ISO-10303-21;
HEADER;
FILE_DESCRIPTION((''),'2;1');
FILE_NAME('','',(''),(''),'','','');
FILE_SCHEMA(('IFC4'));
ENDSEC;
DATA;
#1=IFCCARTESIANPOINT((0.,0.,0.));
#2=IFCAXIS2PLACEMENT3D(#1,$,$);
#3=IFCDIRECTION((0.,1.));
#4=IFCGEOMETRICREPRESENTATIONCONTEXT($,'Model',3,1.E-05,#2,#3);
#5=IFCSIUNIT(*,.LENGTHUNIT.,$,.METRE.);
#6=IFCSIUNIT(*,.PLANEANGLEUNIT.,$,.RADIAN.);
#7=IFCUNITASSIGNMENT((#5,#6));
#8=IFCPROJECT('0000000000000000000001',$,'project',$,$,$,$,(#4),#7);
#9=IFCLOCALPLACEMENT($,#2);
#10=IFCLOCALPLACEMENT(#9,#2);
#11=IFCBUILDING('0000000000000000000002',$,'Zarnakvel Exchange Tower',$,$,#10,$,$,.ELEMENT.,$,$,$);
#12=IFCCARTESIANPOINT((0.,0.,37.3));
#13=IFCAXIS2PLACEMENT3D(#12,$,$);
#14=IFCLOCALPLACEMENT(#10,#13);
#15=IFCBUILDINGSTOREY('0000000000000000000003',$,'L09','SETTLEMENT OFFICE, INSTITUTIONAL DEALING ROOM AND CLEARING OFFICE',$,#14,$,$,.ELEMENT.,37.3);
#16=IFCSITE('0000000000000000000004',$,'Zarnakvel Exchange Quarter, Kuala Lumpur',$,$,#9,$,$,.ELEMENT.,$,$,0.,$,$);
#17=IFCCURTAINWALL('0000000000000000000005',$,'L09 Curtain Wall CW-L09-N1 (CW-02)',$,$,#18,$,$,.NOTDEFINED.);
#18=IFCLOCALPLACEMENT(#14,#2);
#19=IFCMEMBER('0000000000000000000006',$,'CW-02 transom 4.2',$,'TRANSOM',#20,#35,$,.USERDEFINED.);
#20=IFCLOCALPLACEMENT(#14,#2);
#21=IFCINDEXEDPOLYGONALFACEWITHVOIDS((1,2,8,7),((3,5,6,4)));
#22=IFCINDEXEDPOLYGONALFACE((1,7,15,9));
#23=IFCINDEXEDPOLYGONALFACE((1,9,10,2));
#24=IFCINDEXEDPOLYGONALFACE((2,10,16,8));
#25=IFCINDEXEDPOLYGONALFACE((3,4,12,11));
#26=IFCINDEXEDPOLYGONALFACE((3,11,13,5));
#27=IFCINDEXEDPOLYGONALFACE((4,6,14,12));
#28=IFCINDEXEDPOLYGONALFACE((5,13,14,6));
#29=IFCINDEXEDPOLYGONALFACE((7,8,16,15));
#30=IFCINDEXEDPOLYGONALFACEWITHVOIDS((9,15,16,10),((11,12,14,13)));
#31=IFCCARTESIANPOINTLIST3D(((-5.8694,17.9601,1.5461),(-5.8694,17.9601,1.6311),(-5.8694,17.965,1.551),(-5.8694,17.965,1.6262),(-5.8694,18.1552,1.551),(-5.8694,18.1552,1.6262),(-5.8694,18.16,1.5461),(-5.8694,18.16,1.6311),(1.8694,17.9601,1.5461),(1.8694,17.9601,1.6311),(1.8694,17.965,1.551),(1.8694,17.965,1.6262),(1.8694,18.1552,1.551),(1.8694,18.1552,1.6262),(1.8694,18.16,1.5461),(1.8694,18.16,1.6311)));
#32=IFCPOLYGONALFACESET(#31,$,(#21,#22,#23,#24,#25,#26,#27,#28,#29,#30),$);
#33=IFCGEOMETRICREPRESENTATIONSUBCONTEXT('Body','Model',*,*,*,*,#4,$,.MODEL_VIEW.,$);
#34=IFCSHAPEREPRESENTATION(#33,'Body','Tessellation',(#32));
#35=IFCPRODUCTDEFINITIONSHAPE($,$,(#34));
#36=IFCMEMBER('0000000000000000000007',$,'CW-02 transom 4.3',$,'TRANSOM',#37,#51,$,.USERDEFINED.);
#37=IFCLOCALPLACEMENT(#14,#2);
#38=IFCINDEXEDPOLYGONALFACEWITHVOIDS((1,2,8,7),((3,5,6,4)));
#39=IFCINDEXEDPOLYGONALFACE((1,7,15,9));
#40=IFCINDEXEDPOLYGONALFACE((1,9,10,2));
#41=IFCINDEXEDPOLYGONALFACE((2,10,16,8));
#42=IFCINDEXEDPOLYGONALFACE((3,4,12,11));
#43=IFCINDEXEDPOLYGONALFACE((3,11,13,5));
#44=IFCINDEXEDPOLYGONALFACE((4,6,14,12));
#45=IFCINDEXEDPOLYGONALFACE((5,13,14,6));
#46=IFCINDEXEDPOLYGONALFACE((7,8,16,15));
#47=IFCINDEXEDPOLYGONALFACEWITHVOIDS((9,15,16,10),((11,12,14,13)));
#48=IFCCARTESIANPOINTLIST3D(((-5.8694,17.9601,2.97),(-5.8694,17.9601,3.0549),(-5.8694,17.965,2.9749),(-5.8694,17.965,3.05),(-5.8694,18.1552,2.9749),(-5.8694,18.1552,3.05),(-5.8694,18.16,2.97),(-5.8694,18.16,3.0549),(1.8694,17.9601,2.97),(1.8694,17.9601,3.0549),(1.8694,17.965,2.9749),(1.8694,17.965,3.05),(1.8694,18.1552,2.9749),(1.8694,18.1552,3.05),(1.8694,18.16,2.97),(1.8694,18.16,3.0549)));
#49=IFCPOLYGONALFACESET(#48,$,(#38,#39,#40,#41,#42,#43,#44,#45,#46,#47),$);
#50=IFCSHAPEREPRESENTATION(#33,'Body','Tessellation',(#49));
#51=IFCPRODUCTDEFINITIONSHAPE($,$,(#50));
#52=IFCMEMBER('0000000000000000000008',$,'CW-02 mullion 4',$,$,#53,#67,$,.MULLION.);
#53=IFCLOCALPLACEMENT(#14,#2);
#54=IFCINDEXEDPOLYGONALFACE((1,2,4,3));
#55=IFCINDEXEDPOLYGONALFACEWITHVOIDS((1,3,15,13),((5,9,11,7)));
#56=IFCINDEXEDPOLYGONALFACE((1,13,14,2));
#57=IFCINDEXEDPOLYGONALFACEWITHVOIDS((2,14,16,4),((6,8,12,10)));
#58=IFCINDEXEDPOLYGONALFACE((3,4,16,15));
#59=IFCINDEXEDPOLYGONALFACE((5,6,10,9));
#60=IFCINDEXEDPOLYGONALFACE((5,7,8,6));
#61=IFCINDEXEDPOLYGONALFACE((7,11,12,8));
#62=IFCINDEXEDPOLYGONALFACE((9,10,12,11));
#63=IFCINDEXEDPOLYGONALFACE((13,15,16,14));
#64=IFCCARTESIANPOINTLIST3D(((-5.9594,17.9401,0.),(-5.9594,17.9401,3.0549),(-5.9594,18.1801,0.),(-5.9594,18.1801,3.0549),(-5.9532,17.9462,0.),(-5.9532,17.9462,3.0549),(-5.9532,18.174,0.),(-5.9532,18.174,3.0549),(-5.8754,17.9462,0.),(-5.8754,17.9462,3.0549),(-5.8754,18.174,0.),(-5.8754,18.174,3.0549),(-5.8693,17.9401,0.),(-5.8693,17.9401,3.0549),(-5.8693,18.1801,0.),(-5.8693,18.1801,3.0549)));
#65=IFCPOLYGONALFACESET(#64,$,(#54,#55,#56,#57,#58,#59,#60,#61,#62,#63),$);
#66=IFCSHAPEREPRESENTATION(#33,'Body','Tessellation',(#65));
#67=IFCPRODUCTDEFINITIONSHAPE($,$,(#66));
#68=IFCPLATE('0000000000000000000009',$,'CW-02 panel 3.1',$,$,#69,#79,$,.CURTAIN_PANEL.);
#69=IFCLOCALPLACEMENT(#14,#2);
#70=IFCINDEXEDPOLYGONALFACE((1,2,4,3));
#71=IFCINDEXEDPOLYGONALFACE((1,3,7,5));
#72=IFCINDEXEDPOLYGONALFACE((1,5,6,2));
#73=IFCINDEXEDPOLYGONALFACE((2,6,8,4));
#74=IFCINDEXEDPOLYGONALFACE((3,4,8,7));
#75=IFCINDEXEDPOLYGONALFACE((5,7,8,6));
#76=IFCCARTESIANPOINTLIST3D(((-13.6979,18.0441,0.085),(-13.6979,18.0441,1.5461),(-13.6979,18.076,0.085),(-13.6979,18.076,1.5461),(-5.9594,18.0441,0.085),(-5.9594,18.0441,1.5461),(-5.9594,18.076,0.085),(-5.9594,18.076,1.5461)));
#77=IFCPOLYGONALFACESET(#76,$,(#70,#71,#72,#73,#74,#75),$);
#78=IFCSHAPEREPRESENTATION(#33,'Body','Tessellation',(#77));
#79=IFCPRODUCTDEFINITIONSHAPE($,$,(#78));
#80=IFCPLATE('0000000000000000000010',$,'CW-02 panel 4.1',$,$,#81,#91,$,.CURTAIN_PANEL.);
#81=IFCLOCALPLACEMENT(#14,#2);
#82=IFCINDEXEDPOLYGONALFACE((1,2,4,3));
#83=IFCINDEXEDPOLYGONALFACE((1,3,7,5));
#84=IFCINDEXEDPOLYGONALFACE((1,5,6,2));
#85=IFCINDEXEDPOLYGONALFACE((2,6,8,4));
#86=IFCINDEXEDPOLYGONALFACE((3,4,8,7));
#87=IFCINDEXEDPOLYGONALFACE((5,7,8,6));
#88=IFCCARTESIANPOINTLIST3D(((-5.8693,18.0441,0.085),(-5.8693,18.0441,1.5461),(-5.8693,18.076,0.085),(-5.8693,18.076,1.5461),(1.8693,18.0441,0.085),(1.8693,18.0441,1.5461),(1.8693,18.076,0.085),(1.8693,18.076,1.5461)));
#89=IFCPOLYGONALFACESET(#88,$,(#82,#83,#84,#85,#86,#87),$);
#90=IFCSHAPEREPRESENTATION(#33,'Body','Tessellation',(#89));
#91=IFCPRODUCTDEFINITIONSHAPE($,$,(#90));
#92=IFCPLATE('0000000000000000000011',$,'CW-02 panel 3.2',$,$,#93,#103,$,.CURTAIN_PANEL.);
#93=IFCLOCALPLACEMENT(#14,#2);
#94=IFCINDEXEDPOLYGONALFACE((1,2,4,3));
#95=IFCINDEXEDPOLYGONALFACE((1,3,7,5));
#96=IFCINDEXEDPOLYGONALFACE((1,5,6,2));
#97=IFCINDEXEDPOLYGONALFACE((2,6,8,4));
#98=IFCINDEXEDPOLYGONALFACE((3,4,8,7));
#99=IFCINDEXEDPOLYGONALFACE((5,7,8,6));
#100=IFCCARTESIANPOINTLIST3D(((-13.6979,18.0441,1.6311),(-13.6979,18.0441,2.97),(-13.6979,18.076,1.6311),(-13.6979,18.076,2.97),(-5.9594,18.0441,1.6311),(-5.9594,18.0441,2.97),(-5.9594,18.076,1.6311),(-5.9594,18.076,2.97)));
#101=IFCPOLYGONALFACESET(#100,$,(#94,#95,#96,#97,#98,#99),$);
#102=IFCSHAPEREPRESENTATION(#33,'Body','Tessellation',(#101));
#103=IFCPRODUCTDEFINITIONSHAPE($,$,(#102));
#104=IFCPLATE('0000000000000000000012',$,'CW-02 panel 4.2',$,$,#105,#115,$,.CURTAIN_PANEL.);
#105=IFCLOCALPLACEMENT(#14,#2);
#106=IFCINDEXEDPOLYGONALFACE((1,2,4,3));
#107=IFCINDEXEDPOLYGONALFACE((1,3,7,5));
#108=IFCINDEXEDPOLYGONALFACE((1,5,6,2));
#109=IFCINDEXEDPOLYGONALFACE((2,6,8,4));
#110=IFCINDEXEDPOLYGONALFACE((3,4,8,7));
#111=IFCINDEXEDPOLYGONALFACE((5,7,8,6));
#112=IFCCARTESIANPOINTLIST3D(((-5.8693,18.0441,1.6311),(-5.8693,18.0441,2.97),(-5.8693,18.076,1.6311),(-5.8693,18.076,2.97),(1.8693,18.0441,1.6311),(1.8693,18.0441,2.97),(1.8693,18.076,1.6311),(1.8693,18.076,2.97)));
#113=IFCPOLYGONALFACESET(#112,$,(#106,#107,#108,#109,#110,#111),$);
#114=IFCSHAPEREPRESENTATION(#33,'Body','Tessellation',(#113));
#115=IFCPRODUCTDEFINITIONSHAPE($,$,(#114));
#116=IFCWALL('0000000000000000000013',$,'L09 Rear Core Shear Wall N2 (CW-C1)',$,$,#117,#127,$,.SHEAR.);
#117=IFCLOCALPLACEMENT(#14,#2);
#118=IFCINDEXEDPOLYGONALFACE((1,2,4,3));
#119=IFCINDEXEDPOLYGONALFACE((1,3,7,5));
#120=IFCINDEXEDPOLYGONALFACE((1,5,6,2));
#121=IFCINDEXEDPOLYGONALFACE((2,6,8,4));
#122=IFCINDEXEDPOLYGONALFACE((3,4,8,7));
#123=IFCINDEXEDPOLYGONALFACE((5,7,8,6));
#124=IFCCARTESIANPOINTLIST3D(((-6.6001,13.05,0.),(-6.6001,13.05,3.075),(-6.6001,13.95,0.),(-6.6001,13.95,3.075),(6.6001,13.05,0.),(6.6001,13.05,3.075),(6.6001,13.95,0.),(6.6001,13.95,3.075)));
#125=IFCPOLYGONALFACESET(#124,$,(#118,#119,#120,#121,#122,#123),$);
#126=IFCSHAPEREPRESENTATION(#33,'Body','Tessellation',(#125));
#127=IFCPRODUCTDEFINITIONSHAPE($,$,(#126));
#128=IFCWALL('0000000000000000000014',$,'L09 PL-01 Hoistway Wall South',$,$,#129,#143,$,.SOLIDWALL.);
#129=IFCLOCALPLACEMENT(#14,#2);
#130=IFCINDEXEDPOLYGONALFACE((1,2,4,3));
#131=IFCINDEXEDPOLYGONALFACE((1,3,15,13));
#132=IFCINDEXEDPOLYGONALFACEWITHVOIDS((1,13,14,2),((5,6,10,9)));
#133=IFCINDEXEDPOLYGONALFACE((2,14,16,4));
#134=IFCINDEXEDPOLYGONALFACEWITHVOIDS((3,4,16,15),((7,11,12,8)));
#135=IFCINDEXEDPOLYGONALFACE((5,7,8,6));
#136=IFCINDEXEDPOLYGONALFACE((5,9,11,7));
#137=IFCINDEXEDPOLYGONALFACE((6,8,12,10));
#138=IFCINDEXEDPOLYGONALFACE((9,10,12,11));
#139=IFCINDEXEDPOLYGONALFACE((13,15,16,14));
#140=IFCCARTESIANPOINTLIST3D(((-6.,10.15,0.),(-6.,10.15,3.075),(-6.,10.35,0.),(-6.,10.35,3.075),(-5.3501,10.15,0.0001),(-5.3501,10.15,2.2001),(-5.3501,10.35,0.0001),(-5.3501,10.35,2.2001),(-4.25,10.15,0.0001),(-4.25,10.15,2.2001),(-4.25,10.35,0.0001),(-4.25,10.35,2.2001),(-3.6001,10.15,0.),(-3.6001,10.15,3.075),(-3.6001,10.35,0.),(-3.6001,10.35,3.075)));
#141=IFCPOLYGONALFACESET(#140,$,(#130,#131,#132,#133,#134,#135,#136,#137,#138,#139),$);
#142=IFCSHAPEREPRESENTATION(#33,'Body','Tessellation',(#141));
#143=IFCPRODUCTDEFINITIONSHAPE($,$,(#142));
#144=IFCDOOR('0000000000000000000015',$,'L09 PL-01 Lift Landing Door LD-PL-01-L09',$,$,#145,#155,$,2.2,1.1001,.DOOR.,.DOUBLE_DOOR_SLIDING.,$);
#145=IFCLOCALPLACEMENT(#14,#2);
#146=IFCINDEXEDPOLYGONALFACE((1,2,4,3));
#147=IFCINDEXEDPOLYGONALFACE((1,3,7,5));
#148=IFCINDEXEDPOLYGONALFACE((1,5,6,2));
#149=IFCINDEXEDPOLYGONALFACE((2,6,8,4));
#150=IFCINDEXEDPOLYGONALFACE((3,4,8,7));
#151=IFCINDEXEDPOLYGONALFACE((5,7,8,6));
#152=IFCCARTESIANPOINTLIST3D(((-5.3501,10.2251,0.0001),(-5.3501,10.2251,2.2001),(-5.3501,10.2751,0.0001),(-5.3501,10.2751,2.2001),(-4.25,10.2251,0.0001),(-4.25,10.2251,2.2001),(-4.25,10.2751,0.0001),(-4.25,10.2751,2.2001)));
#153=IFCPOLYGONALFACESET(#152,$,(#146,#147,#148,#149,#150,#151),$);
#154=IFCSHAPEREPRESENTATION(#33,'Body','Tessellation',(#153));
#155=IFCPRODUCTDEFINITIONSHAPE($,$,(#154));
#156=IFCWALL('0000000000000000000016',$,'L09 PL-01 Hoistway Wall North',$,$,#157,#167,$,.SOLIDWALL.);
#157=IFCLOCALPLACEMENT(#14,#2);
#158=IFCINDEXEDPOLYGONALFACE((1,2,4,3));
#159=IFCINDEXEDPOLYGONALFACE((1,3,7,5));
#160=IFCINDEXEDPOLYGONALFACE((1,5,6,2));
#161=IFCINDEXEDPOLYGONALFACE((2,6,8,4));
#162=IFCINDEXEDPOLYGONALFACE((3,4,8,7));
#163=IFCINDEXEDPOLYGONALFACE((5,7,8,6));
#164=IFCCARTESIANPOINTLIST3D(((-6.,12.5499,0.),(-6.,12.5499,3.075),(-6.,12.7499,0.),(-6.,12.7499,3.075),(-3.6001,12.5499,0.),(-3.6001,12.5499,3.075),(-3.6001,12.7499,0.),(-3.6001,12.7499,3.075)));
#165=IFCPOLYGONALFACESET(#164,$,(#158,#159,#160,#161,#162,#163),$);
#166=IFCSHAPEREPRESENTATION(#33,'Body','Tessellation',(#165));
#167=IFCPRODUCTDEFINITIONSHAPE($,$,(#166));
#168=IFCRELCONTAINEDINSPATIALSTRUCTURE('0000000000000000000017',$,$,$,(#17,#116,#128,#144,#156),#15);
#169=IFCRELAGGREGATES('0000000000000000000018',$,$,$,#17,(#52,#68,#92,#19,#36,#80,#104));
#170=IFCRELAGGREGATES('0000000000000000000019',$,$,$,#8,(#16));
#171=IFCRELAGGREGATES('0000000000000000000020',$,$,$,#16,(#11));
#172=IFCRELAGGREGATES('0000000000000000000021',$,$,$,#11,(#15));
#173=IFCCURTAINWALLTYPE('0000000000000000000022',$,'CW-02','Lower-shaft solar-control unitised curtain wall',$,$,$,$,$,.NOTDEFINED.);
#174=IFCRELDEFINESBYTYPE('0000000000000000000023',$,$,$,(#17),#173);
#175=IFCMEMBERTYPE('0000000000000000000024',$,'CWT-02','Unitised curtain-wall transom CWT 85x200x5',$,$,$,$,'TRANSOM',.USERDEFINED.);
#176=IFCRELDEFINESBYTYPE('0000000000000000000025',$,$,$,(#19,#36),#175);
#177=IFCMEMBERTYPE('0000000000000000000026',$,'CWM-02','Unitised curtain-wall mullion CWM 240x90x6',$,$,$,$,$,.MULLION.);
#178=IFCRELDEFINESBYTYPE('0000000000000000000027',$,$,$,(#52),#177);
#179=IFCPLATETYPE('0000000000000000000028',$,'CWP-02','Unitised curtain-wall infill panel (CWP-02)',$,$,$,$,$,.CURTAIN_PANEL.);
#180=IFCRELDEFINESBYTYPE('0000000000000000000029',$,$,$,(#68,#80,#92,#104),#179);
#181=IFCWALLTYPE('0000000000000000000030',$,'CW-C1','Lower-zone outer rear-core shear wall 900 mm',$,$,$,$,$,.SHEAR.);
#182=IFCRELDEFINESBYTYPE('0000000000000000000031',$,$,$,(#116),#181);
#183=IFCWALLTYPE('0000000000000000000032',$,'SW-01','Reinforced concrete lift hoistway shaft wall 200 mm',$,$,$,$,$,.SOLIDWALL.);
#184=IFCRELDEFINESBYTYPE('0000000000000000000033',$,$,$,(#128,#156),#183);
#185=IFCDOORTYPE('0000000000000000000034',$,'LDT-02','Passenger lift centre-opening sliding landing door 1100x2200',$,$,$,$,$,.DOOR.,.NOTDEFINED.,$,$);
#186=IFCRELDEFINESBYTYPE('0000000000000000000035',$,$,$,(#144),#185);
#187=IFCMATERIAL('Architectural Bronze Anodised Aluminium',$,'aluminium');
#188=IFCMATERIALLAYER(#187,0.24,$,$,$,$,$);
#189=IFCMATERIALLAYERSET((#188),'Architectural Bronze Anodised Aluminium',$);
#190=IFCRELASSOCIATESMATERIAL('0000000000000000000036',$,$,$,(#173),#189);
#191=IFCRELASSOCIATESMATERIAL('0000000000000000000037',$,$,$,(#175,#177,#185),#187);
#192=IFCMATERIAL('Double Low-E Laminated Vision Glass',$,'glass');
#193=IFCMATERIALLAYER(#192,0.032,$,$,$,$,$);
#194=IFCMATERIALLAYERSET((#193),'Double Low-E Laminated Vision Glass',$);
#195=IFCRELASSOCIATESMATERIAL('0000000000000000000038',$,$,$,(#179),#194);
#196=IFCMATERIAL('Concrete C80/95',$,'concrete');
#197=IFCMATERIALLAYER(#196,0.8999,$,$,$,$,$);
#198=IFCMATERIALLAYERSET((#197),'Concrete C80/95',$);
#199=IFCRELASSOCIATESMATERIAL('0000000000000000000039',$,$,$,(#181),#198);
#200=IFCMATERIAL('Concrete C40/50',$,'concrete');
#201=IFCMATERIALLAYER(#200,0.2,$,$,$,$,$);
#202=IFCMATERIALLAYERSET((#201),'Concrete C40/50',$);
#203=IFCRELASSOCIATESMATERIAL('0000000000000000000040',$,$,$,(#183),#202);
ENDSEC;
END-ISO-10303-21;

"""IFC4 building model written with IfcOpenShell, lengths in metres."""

from ifc_helpers import new_model, si_unit, direction, frame, frame_2d, origin, origin_2d, place, context, subcontext, project, spatial, rectangle, hollow_rectangle, extrude, source, transform, mapped, material, layer, layer_set, material_profile, profile_set, type_object, element, fill, aggregate, save


model = new_model("IFC4")

# Units and contexts
model_context = context("Model", 3, precision=1e-05, world=origin(), true_north=direction((0.0, 1.0)))
body_context = subcontext(model_context, "Body", "Model", "MODEL_VIEW")
ifc_project = project(units=[si_unit("LENGTHUNIT", "METRE"), si_unit("PLANEANGLEUNIT", "RADIAN")], contexts=[model_context])

# Site, building, storey
site_placement = place(None, origin())
site = spatial("IfcSite", under=ifc_project, at=site_placement, Name="Zarnakvel Exchange Quarter, Kuala Lumpur", CompositionType="ELEMENT", RefElevation=0.0)
building_placement = place(site_placement, origin())
building = spatial("IfcBuilding", under=site, at=building_placement, Name="Zarnakvel Exchange Tower", CompositionType="ELEMENT")
storey_placement = place(building_placement, frame((0.0, 0.0, 37.3)))
storey = spatial("IfcBuildingStorey", under=building, at=storey_placement, Name="L09", Description="SETTLEMENT OFFICE, INSTITUTIONAL DEALING ROOM AND CLEARING OFFICE", CompositionType="ELEMENT", Elevation=37.3)

# Shared definitions
ifc_material_1 = material(Name="Concrete C80/95", Category="concrete")

# Curtain wall, members, plates
ifc_material_2 = material(Name="Architectural Bronze Anodised Aluminium", Category="aluminium")
ifc_layer_1 = layer(ifc_material_2, 0.24)
ifc_layer_set_1 = layer_set([ifc_layer_1], Name="Architectural Bronze Anodised Aluminium")
curtain_wall_type = type_object("IfcCurtainWallType", Name="CW-02", Description="Lower-shaft solar-control unitised curtain wall", PredefinedType="NOTDEFINED", material=ifc_layer_set_1)
curtain_wall_placement = place(storey_placement, origin())
curtain_wall = element("IfcCurtainWall", 1, at=curtain_wall_placement, inside=storey, type_object=curtain_wall_type, Name="L09 Curtain Wall CW-L09-N1 (CW-02)", PredefinedType="NOTDEFINED")
ifc_material_profile_1 = material_profile(ifc_material_2, hollow_rectangle(XDim=0.2, YDim=0.085, WallThickness=0.0049, at=origin_2d()))
ifc_profile_set_1 = profile_set([ifc_material_profile_1], Name="Architectural Bronze Anodised Aluminium")
member_type_1 = type_object("IfcMemberType", Name="CWT-02", Description="Unitised curtain-wall transom CWT 85x200x5", ElementType="TRANSOM", PredefinedType="USERDEFINED", material=ifc_profile_set_1)
shared_shape_1 = source(origin(), body_context, "Body", "SweptSolid", [
    extrude(hollow_rectangle(XDim=0.2, YDim=0.085, WallThickness=0.0049, at=origin_2d()), origin(), (0.0, 0.0, 1.0), 7.7388),
])
member_1_placement = place(storey_placement, frame((-5.8694, 18.0601, 1.5886), z_axis=(1.0, 0.0, 0.0), x_axis=(0.0, 1.0, 0.0)))
member_1 = element("IfcMember", 2, at=member_1_placement, type_object=member_type_1, Name="CW-02 transom 4.2", ObjectType="TRANSOM", PredefinedType="USERDEFINED", context=body_context, shape_type="MappedRepresentation", body=[
    mapped(shared_shape_1, transform((0.0, 0.0, 0.0), x_axis=(1.0, 0.0, 0.0), y_axis=(0.0, 1.0, 0.0), z_axis=(0.0, 0.0, 1.0), scale=1.0)),
])
member_2_placement = place(storey_placement, frame((-5.8694, 18.0601, 3.0125), z_axis=(1.0, 0.0, 0.0), x_axis=(0.0, 1.0, 0.0)))
member_2 = element("IfcMember", 3, at=member_2_placement, type_object=member_type_1, Name="CW-02 transom 4.3", ObjectType="TRANSOM", PredefinedType="USERDEFINED", context=body_context, shape_type="MappedRepresentation", body=[
    mapped(shared_shape_1, transform((0.0, 0.0, 0.0), x_axis=(1.0, 0.0, 0.0), y_axis=(0.0, 1.0, 0.0), z_axis=(0.0, 0.0, 1.0), scale=1.0)),
])
ifc_material_profile_2 = material_profile(ifc_material_2, hollow_rectangle(XDim=0.24, YDim=0.0901, WallThickness=0.0061, at=origin_2d()))
ifc_profile_set_2 = profile_set([ifc_material_profile_2], Name="Architectural Bronze Anodised Aluminium")
member_type_2 = type_object("IfcMemberType", Name="CWM-02", Description="Unitised curtain-wall mullion CWM 240x90x6", PredefinedType="MULLION", material=ifc_profile_set_2)
shared_shape_2 = source(origin(), body_context, "Body", "SweptSolid", [
    extrude(hollow_rectangle(XDim=0.24, YDim=0.0901, WallThickness=0.0061, at=origin_2d()), origin(), (0.0, 0.0, 1.0), 3.0549),
])
member_3_placement = place(storey_placement, frame((-5.9143, 18.0601, 0.0), z_axis=(0.0, 0.0, 1.0), x_axis=(0.0, 1.0, 0.0)))
member_3 = element("IfcMember", 4, at=member_3_placement, type_object=member_type_2, Name="CW-02 mullion 4", PredefinedType="MULLION", context=body_context, shape_type="MappedRepresentation", body=[
    mapped(shared_shape_2, transform((0.0, 0.0, 0.0), x_axis=(1.0, 0.0, 0.0), y_axis=(0.0, 1.0, 0.0), z_axis=(0.0, 0.0, 1.0), scale=1.0)),
])
ifc_material_3 = material(Name="Double Low-E Laminated Vision Glass", Category="glass")
ifc_layer_2 = layer(ifc_material_3, 0.032)
ifc_layer_set_2 = layer_set([ifc_layer_2], Name="Double Low-E Laminated Vision Glass")
plate_type = type_object("IfcPlateType", Name="CWP-02", Description="Unitised curtain-wall infill panel (CWP-02)", PredefinedType="CURTAIN_PANEL", material=ifc_layer_set_2)
shared_shape_3 = source(origin(), body_context, "Body", "SweptSolid", [
    extrude(rectangle(XDim=7.7385, YDim=0.032, at=origin_2d()), origin(), (0.0, 0.0, 1.0), 1.4612),
])
plate_1_placement = place(storey_placement, frame((-9.8286, 18.0601, 0.085), z_axis=(0.0, 0.0, 1.0), x_axis=(1.0, 0.0, 0.0)))
plate_1 = element("IfcPlate", 5, at=plate_1_placement, type_object=plate_type, Name="CW-02 panel 3.1", PredefinedType="CURTAIN_PANEL", context=body_context, shape_type="MappedRepresentation", body=[
    mapped(shared_shape_3, transform((0.0, 0.0, 0.0), x_axis=(1.0, 0.0, 0.0), y_axis=(0.0, 1.0, 0.0), z_axis=(0.0, 0.0, 1.0), scale=1.0)),
])
plate_2_placement = place(storey_placement, frame((-2.0, 18.0601, 0.085), z_axis=(0.0, 0.0, 1.0), x_axis=(1.0, 0.0, 0.0)))
plate_2 = element("IfcPlate", 6, at=plate_2_placement, type_object=plate_type, Name="CW-02 panel 4.1", PredefinedType="CURTAIN_PANEL", context=body_context, shape_type="MappedRepresentation", body=[
    mapped(shared_shape_3, transform((0.0, 0.0, 0.0), x_axis=(1.0, 0.0, 0.0), y_axis=(0.0, 1.0, 0.0), z_axis=(0.0, 0.0, 1.0), scale=1.0)),
])
shared_shape_4 = source(origin(), body_context, "Body", "SweptSolid", [
    extrude(rectangle(XDim=7.7385, YDim=0.032, at=origin_2d()), origin(), (0.0, 0.0, 1.0), 1.3389),
])
plate_3_placement = place(storey_placement, frame((-9.8286, 18.0601, 1.6311), z_axis=(0.0, 0.0, 1.0), x_axis=(1.0, 0.0, 0.0)))
plate_3 = element("IfcPlate", 7, at=plate_3_placement, type_object=plate_type, Name="CW-02 panel 3.2", PredefinedType="CURTAIN_PANEL", context=body_context, shape_type="MappedRepresentation", body=[
    mapped(shared_shape_4, transform((0.0, 0.0, 0.0), x_axis=(1.0, 0.0, 0.0), y_axis=(0.0, 1.0, 0.0), z_axis=(0.0, 0.0, 1.0), scale=1.0)),
])
plate_4_placement = place(storey_placement, frame((-2.0, 18.0601, 1.6311), z_axis=(0.0, 0.0, 1.0), x_axis=(1.0, 0.0, 0.0)))
plate_4 = element("IfcPlate", 8, at=plate_4_placement, type_object=plate_type, Name="CW-02 panel 4.2", PredefinedType="CURTAIN_PANEL", context=body_context, shape_type="MappedRepresentation", body=[
    mapped(shared_shape_4, transform((0.0, 0.0, 0.0), x_axis=(1.0, 0.0, 0.0), y_axis=(0.0, 1.0, 0.0), z_axis=(0.0, 0.0, 1.0), scale=1.0)),
])
aggregate(curtain_wall, [member_3, plate_1, plate_3, member_1, member_2, plate_2, plate_4])

# Wall
ifc_layer_3 = layer(ifc_material_1, 0.8999)
ifc_layer_set_3 = layer_set([ifc_layer_3], Name="Concrete C80/95")
wall_type_1 = type_object("IfcWallType", Name="CW-C1", Description="Lower-zone outer rear-core shear wall 900 mm", PredefinedType="SHEAR", material=ifc_layer_set_3)
wall_1_placement = place(storey_placement, frame((-6.6001, 13.5, 0.0), z_axis=(0.0, 0.0, 1.0), x_axis=(1.0, 0.0, 0.0)))
element("IfcWall", 9, at=wall_1_placement, inside=storey, type_object=wall_type_1, Name="L09 Rear Core Shear Wall N2 (CW-C1)", PredefinedType="SHEAR", context=body_context, shape_type="SweptSolid", body=[
    extrude(rectangle(XDim=13.2002, YDim=0.8999, at=frame_2d((6.6001, 0.0))), origin(), (0.0, 0.0, 1.0), 3.075),
])

# Wall, opening, door
ifc_material_4 = material(Name="Concrete C40/50", Category="concrete")
ifc_layer_4 = layer(ifc_material_4, 0.2)
ifc_layer_set_4 = layer_set([ifc_layer_4], Name="Concrete C40/50")
wall_type_2 = type_object("IfcWallType", Name="SW-01", Description="Reinforced concrete lift hoistway shaft wall 200 mm", PredefinedType="SOLIDWALL", material=ifc_layer_set_4)
wall_2_placement = place(storey_placement, frame((-3.6001, 10.25, 0.0), z_axis=(0.0, 0.0, 1.0), x_axis=(-1.0, 0.0, 0.0)))
wall_2 = element("IfcWall", 10, at=wall_2_placement, inside=storey, type_object=wall_type_2, Name="L09 PL-01 Hoistway Wall South", PredefinedType="SOLIDWALL", context=body_context, shape_type="SweptSolid", body=[
    extrude(rectangle(XDim=2.3999, YDim=0.2, at=frame_2d((1.2, 0.0))), origin(), (0.0, 0.0, 1.0), 3.075),
])
opening_1_placement = place(wall_2_placement, frame((0.6499, 0.0, 0.0)))
opening_1 = element("IfcOpeningElement", 11, at=opening_1_placement, cuts=wall_2, PredefinedType="OPENING", context=body_context, shape_type="SweptSolid", body=[
    extrude(rectangle(XDim=1.1001, YDim=2.2, at=frame_2d((0.55, 1.1001))), frame((0.0, 0.1099, 0.0), z_axis=(0.0, -1.0, 0.0), x_axis=(1.0, 0.0, 0.0)), (0.0, 0.0, 1.0), 0.22),
])
door_type = type_object("IfcDoorType", Name="LDT-02", Description="Passenger lift centre-opening sliding landing door 1100x2200", OperationType="NOTDEFINED", PredefinedType="DOOR", material=ifc_material_2)
shared_shape_5 = source(origin(), body_context, "Body", "SweptSolid", [
    extrude(rectangle(XDim=1.1001, YDim=2.2, at=frame_2d((0.55, 1.1001))), frame((0.0, 0.0249, 0.0), z_axis=(0.0, -1.0, 0.0), x_axis=(1.0, 0.0, 0.0)), (0.0, 0.0, 1.0), 0.05),
])
door_1_placement = place(opening_1_placement, origin())
door_1 = element("IfcDoor", 12, at=door_1_placement, inside=storey, type_object=door_type, Name="L09 PL-01 Lift Landing Door LD-PL-01-L09", OperationType="DOUBLE_DOOR_SLIDING", OverallHeight=2.2, OverallWidth=1.1001, PredefinedType="DOOR", context=body_context, shape_type="MappedRepresentation", body=[
    mapped(shared_shape_5, transform((0.0, 0.0, 0.0), x_axis=(1.0, 0.0, 0.0), y_axis=(0.0, 1.0, 0.0), z_axis=(0.0, 0.0, 1.0), scale=1.0)),
])
fill(opening_1, door_1)

# Wall
for number, where, z_axis, x_axis, name in (
    (13, (-6.0, 12.6499, 0.0), (0.0, 0.0, 1.0), (1.0, 0.0, 0.0), "L09 PL-01 Hoistway Wall North"),
):
    element("IfcWall", number, at=place(storey_placement, frame(where, z_axis=z_axis, x_axis=x_axis)), inside=storey, type_object=wall_type_2, Name=name, PredefinedType="SOLIDWALL", context=body_context, shape_type="SweptSolid", body=[
        extrude(rectangle(XDim=2.3999, YDim=0.2, at=frame_2d((1.2, 0.0))), origin(), (0.0, 0.0, 1.0), 3.075),
    ])

save(model, "model.ifc")
